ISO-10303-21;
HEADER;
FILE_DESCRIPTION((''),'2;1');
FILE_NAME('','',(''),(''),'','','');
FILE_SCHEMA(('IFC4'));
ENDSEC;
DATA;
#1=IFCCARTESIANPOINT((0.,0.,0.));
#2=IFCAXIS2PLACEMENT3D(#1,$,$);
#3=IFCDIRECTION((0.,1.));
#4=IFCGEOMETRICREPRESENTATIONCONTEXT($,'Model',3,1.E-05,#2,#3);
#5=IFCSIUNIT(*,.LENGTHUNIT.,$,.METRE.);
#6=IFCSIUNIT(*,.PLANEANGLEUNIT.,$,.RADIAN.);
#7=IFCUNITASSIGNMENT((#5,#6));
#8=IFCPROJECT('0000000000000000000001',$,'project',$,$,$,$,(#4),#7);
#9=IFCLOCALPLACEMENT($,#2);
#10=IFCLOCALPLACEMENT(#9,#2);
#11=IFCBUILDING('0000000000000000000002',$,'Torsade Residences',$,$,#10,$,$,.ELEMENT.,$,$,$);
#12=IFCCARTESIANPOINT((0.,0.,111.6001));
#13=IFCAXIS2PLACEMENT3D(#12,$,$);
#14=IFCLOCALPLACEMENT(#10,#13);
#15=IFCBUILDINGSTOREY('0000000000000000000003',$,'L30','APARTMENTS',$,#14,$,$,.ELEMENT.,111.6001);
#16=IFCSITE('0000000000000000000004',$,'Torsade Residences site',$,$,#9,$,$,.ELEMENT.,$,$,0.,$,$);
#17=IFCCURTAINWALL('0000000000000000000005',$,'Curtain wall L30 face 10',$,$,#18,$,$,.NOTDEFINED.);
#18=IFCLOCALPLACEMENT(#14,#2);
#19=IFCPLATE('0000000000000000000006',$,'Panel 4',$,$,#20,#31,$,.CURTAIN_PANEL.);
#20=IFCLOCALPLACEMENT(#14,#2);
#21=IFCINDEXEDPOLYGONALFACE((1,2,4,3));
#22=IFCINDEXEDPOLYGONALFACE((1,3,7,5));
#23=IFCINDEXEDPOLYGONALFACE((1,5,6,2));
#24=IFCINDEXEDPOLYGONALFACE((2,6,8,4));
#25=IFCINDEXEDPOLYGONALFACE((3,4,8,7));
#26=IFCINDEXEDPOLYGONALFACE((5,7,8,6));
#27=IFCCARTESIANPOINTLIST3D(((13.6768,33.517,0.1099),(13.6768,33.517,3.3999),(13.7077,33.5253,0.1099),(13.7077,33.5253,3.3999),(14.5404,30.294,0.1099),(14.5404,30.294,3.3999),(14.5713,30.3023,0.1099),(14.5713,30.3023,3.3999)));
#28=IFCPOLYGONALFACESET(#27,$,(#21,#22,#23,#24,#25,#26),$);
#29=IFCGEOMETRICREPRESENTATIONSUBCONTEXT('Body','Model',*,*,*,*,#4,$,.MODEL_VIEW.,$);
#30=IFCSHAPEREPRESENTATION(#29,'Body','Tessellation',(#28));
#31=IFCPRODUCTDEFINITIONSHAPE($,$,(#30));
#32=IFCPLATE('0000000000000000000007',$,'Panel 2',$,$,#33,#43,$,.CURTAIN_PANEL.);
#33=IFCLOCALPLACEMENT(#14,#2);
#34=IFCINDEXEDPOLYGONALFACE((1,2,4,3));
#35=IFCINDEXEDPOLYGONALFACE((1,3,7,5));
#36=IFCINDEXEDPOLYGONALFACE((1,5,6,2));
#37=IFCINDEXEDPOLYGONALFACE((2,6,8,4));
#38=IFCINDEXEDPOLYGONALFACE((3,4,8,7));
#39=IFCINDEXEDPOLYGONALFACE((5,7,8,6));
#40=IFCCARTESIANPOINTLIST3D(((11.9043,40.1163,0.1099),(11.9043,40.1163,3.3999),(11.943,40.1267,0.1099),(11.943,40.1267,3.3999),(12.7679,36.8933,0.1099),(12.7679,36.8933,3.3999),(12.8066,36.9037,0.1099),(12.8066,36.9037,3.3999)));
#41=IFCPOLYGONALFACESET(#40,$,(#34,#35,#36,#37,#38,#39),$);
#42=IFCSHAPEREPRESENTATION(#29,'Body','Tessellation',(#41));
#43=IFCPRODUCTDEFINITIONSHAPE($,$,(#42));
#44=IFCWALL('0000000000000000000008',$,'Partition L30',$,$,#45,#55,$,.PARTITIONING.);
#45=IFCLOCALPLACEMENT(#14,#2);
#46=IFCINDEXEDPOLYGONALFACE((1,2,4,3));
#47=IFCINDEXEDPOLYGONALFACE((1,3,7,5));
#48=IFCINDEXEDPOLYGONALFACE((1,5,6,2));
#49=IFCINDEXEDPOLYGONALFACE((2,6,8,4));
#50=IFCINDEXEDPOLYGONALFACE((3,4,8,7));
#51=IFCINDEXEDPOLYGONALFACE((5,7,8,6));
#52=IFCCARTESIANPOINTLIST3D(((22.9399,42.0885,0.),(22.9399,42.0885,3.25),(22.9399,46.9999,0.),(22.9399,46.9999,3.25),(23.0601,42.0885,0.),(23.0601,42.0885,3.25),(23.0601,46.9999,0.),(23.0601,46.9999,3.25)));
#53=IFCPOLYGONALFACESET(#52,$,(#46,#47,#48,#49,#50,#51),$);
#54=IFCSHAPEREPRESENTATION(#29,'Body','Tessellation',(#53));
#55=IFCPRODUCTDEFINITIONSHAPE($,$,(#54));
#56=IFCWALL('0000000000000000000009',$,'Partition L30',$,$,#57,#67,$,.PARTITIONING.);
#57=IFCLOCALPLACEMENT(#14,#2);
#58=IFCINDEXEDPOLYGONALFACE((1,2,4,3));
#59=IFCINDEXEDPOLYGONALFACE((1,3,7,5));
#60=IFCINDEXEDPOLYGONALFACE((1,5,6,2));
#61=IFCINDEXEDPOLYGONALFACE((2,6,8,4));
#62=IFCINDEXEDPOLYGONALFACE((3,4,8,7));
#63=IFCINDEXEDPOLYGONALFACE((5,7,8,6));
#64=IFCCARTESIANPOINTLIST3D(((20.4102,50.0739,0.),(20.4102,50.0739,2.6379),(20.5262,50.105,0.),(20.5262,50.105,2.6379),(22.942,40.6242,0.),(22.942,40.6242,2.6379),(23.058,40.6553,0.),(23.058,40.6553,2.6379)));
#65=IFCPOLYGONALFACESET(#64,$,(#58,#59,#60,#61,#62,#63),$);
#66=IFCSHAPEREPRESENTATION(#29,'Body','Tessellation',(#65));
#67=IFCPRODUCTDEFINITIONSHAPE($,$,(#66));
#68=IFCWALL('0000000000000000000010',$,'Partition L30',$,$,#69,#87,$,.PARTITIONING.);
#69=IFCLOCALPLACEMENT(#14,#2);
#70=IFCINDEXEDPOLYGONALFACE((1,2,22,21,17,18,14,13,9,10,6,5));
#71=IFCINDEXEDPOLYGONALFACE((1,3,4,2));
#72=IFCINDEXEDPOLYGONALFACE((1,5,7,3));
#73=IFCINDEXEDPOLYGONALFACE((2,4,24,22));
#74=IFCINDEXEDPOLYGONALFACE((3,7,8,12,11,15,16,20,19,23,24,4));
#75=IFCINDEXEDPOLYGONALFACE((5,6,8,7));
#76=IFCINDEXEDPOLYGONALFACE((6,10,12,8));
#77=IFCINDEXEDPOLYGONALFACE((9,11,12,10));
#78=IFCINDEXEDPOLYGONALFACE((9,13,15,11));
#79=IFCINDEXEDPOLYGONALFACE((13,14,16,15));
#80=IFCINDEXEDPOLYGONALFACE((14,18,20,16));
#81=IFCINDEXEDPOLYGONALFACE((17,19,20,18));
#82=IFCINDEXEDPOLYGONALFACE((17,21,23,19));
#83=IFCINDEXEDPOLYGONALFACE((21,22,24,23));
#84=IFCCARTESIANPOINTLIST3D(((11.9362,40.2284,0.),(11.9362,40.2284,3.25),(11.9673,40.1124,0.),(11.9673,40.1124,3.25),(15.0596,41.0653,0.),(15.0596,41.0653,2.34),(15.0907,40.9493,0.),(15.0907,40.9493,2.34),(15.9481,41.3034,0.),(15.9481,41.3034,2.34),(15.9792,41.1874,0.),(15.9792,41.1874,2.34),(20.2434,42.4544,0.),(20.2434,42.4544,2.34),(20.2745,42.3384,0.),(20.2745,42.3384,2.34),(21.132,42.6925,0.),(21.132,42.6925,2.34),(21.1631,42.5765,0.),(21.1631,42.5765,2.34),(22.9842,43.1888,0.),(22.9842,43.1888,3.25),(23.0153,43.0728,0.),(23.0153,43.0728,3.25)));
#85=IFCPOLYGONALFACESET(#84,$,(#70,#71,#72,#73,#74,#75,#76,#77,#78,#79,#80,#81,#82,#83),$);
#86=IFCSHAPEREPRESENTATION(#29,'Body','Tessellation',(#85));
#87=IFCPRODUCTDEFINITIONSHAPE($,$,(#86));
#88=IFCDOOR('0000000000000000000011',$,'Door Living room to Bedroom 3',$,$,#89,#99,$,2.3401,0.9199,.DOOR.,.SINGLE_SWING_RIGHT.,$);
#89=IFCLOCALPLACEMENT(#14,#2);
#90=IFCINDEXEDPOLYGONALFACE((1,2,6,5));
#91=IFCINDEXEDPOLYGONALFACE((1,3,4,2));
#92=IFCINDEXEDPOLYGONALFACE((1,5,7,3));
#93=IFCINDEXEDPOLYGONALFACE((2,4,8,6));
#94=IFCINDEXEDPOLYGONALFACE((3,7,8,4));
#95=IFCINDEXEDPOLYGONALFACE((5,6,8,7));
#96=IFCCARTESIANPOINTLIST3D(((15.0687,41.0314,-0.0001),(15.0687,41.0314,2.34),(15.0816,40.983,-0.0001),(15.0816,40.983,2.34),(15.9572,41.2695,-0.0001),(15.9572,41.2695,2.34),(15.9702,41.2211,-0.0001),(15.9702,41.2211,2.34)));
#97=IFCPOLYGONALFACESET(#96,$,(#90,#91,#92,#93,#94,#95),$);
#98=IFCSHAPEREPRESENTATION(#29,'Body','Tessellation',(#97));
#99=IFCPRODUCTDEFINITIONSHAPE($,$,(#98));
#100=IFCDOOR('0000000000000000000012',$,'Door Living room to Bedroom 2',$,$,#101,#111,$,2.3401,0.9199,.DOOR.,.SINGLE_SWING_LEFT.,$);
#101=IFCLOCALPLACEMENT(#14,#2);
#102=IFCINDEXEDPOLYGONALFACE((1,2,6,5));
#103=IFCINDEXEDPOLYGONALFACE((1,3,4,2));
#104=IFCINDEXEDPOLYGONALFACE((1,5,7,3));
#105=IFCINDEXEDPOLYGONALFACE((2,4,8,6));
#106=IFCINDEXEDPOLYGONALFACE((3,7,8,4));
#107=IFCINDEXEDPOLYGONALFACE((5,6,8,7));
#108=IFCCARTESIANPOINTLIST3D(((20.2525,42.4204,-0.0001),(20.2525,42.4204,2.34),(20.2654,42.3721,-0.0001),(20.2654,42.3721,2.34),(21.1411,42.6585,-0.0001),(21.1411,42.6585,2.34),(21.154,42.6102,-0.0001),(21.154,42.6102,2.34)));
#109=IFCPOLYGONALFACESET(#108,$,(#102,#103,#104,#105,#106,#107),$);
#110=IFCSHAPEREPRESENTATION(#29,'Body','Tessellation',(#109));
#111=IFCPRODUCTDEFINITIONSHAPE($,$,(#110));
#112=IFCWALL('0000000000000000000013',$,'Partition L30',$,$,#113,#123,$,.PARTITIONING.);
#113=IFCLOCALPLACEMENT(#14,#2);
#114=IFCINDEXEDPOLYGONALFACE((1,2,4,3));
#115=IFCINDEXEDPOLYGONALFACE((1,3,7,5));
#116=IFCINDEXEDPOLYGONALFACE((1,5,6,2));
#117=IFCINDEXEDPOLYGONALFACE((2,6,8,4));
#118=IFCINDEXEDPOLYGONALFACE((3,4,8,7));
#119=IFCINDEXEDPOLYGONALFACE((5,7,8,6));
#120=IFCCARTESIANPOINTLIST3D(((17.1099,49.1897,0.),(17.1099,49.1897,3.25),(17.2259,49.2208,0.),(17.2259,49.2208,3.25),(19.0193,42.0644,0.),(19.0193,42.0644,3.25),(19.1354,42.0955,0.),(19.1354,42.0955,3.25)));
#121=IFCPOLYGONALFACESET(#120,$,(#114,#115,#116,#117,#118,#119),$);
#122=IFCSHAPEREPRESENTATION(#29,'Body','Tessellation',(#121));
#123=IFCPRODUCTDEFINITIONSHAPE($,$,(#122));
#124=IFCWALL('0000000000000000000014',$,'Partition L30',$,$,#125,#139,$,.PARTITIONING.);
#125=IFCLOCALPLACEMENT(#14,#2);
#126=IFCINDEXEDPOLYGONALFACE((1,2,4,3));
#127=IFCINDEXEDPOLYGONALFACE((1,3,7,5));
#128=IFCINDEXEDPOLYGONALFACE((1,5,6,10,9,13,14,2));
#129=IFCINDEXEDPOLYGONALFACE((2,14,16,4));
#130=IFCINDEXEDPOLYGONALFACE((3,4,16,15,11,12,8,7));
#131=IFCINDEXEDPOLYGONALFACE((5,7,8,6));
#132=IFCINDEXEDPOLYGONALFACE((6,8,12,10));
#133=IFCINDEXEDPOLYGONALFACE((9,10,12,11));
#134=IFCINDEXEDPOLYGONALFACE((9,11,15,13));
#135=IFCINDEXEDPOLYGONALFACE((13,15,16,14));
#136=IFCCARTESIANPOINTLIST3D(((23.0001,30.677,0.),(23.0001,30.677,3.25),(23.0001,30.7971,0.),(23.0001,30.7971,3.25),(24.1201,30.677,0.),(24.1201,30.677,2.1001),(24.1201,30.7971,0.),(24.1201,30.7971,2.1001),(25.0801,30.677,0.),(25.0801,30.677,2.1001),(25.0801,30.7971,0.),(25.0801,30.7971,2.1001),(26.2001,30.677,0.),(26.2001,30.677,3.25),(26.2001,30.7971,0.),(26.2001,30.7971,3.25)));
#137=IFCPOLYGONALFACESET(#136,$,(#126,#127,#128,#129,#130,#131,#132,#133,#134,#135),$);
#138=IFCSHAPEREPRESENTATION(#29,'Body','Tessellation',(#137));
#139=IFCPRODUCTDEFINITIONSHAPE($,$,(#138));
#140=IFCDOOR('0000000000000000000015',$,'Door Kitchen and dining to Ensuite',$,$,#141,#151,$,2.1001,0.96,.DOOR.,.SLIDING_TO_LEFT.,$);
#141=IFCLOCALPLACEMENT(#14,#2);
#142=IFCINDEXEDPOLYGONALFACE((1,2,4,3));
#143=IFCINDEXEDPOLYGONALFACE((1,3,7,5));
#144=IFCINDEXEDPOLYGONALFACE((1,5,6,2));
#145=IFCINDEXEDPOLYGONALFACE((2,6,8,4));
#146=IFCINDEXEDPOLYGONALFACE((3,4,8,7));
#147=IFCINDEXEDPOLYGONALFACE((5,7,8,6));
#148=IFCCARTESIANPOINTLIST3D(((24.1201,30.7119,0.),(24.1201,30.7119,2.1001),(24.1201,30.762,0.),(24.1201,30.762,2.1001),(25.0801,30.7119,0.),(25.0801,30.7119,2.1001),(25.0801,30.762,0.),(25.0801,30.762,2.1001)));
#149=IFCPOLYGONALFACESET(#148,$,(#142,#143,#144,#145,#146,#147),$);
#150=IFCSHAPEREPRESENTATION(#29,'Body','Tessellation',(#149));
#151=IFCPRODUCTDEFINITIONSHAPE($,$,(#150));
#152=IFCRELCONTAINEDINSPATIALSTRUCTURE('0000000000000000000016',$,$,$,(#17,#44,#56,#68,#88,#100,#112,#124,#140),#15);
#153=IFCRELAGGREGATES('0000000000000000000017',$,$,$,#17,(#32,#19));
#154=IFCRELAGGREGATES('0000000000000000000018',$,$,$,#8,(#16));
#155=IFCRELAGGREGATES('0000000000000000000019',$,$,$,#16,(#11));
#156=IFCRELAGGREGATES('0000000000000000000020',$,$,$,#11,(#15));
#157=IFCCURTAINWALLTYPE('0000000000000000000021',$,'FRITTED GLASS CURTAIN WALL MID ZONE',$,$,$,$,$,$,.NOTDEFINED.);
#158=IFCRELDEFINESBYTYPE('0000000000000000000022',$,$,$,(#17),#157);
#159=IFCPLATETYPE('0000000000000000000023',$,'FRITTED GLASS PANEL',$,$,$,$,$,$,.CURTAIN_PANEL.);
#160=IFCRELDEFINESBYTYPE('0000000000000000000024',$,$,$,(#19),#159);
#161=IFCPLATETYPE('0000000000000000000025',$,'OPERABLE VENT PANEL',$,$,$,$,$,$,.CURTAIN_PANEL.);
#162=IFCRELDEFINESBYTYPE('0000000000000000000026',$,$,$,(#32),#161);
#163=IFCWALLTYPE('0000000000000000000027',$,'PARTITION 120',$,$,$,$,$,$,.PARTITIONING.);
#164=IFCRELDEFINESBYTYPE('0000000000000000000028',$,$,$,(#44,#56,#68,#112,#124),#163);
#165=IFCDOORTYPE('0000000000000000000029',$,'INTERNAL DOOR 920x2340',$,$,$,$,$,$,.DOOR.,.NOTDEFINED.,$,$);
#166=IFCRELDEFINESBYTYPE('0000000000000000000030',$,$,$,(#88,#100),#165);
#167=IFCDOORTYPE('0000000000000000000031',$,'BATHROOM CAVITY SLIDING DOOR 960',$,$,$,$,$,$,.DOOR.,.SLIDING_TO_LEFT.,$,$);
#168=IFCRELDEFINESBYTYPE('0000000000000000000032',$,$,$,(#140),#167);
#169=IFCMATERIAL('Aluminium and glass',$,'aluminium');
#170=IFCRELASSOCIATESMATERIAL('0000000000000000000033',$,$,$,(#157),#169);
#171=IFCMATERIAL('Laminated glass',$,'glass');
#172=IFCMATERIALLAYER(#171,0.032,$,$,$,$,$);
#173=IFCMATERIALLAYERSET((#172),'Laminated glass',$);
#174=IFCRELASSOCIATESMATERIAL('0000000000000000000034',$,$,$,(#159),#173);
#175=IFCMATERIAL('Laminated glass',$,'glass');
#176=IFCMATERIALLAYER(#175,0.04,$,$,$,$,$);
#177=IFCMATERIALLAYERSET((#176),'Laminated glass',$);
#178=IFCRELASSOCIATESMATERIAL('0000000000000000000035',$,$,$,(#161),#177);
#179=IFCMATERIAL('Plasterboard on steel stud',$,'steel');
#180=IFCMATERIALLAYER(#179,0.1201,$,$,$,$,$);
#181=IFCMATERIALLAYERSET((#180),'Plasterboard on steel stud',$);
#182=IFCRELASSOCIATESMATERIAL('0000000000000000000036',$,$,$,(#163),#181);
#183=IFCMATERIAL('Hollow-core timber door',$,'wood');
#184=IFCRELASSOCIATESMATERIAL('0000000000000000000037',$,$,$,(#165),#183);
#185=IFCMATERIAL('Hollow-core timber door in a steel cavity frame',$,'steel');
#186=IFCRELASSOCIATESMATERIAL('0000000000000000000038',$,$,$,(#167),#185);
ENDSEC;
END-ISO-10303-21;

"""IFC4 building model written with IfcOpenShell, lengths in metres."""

from ifc_helpers import new_model, si_unit, direction, frame, frame_2d, origin, origin_2d, place, context, subcontext, project, spatial, rectangle, extrude, material, layer, layer_set, type_object, element, fill, aggregate, save


model = new_model("IFC4")

# Units and contexts
model_context = context("Model", 3, precision=1e-05, world=origin(), true_north=direction((0.0, 1.0)))
body_context = subcontext(model_context, "Body", "Model", "MODEL_VIEW")
ifc_project = project(units=[si_unit("LENGTHUNIT", "METRE"), si_unit("PLANEANGLEUNIT", "RADIAN")], contexts=[model_context])

# Site, building, storey
site_placement = place(None, origin())
site = spatial("IfcSite", under=ifc_project, at=site_placement, Name="Torsade Residences site", CompositionType="ELEMENT", RefElevation=0.0)
building_placement = place(site_placement, origin())
building = spatial("IfcBuilding", under=site, at=building_placement, Name="Torsade Residences", CompositionType="ELEMENT")
storey_placement = place(building_placement, frame((0.0, 0.0, 111.6001)))
storey = spatial("IfcBuildingStorey", under=building, at=storey_placement, Name="L30", Description="APARTMENTS", CompositionType="ELEMENT", Elevation=111.6001)

# Curtain wall
ifc_material_1 = material(Name="Aluminium and glass", Category="aluminium")
curtain_wall_type = type_object("IfcCurtainWallType", Name="FRITTED GLASS CURTAIN WALL MID ZONE", PredefinedType="NOTDEFINED", material=ifc_material_1)
curtain_wall_placement = place(storey_placement, origin())
curtain_wall = element("IfcCurtainWall", 1, at=curtain_wall_placement, inside=storey, type_object=curtain_wall_type, Name="Curtain wall L30 face 10", PredefinedType="NOTDEFINED")

# Plates
ifc_material_2 = material(Name="Laminated glass", Category="glass")
ifc_layer_1 = layer(ifc_material_2, 0.032)
ifc_layer_set_1 = layer_set([ifc_layer_1], Name="Laminated glass")
plate_type_1 = type_object("IfcPlateType", Name="FRITTED GLASS PANEL", PredefinedType="CURTAIN_PANEL", material=ifc_layer_set_1)
plate_1_placement = place(storey_placement, frame((14.124, 31.9097, 0.1099), z_axis=(0.0, 0.0, 1.0), x_axis=(0.258819, -0.965926, 0.0)))
plate_1 = element("IfcPlate", 2, at=plate_1_placement, type_object=plate_type_1, Name="Panel 4", PredefinedType="CURTAIN_PANEL", context=body_context, shape_type="SweptSolid", body=[
    extrude(rectangle(XDim=3.3367, YDim=0.032, at=origin_2d()), origin(), (0.0, 0.0, 1.0), 3.29),
])
ifc_material_3 = material(Name="Laminated glass", Category="glass")
ifc_layer_2 = layer(ifc_material_3, 0.04)
ifc_layer_set_2 = layer_set([ifc_layer_2], Name="Laminated glass")
plate_type_2 = type_object("IfcPlateType", Name="OPERABLE VENT PANEL", PredefinedType="CURTAIN_PANEL", material=ifc_layer_set_2)
plate_2_placement = place(storey_placement, frame((12.3555, 38.51, 0.1099), z_axis=(0.0, 0.0, 1.0), x_axis=(0.258819, -0.965926, 0.0)))
plate_2 = element("IfcPlate", 3, at=plate_2_placement, type_object=plate_type_2, Name="Panel 2", PredefinedType="CURTAIN_PANEL", context=body_context, shape_type="SweptSolid", body=[
    extrude(rectangle(XDim=3.3367, YDim=0.04, at=origin_2d()), origin(), (0.0, 0.0, 1.0), 3.29),
])
aggregate(curtain_wall, [plate_2, plate_1])

# Walls
ifc_material_4 = material(Name="Plasterboard on steel stud", Category="steel")
ifc_layer_3 = layer(ifc_material_4, 0.1201)
ifc_layer_set_3 = layer_set([ifc_layer_3], Name="Plasterboard on steel stud")
wall_type_1 = type_object("IfcWallType", Name="PARTITION 120", PredefinedType="PARTITIONING", material=ifc_layer_set_3)
wall_1_placement = place(storey_placement, frame((23.0, 42.0886, 0.0), z_axis=(0.0, 0.0, 1.0), x_axis=(0.0, 1.0, 0.0)))
element("IfcWall", 4, at=wall_1_placement, inside=storey, type_object=wall_type_1, Name="Partition L30", PredefinedType="PARTITIONING", context=body_context, shape_type="SweptSolid", body=[
    extrude(rectangle(XDim=4.9114, YDim=0.1201, at=frame_2d((2.4556, 0.0))), origin(), (0.0, 0.0, 1.0), 3.25),
])
wall_2_placement = place(storey_placement, frame((23.0, 40.6396, 0.0), z_axis=(0.0, 0.0, 1.0), x_axis=(-0.25879, 0.965934, 0.0)))
element("IfcWall", 5, at=wall_2_placement, inside=storey, type_object=wall_type_1, Name="Partition L30", PredefinedType="PARTITIONING", context=body_context, shape_type="SweptSolid", body=[
    extrude(rectangle(XDim=9.783, YDim=0.1201, at=frame_2d((4.8916, 0.0))), origin(), (0.0, 0.0, 1.0), 2.6379),
])

# Wall, openings, doors
wall_3_placement = place(storey_placement, frame((11.9519, 40.1704, 0.0), z_axis=(0.0, 0.0, 1.0), x_axis=(0.965923, 0.258829, 0.0)))
wall_3 = element("IfcWall", 6, at=wall_3_placement, inside=storey, type_object=wall_type_1, Name="Partition L30", PredefinedType="PARTITIONING", context=body_context, shape_type="SweptSolid", body=[
    extrude(rectangle(XDim=11.4377, YDim=0.1201, at=frame_2d((5.7188, 0.0))), origin(), (0.0, 0.0, 1.0), 3.25),
])
opening_1_placement = place(wall_3_placement, frame((3.2334, 0.0, 0.0)))
opening_1 = element("IfcOpeningElement", 7, at=opening_1_placement, cuts=wall_3, PredefinedType="OPENING", context=body_context, shape_type="SweptSolid", body=[
    extrude(rectangle(XDim=0.9199, YDim=2.3401, at=frame_2d((0.46, 1.1699))), frame((0.0, 0.0701, 0.0), z_axis=(0.0, -1.0, 0.0), x_axis=(1.0, 0.0, 0.0)), (0.0, 0.0, 1.0), 0.1401),
])
opening_2_placement = place(wall_3_placement, frame((8.6001, 0.0, 0.0)))
opening_2 = element("IfcOpeningElement", 8, at=opening_2_placement, cuts=wall_3, PredefinedType="OPENING", context=body_context, shape_type="SweptSolid", body=[
    extrude(rectangle(XDim=0.9199, YDim=2.3401, at=frame_2d((0.46, 1.1699))), frame((0.0, 0.0701, 0.0), z_axis=(0.0, -1.0, 0.0), x_axis=(1.0, 0.0, 0.0)), (0.0, 0.0, 1.0), 0.1401),
])
ifc_material_5 = material(Name="Hollow-core timber door", Category="wood")
door_type_1 = type_object("IfcDoorType", Name="INTERNAL DOOR 920x2340", OperationType="NOTDEFINED", PredefinedType="DOOR", material=ifc_material_5)
door_1_placement = place(opening_1_placement, origin())
door_1 = element("IfcDoor", 9, at=door_1_placement, inside=storey, type_object=door_type_1, Name="Door Living room to Bedroom 3", OperationType="SINGLE_SWING_RIGHT", OverallHeight=2.3401, OverallWidth=0.9199, PredefinedType="DOOR", context=body_context, shape_type="SweptSolid", body=[
    extrude(rectangle(XDim=0.9199, YDim=2.3401, at=frame_2d((0.46, 1.1699))), frame((0.0, 0.0249, 0.0), z_axis=(0.0, -1.0, 0.0), x_axis=(1.0, 0.0, 0.0)), (0.0, 0.0, 1.0), 0.05),
])
fill(opening_1, door_1)
door_2_placement = place(opening_2_placement, origin())
door_2 = element("IfcDoor", 10, at=door_2_placement, inside=storey, type_object=door_type_1, Name="Door Living room to Bedroom 2", OperationType="SINGLE_SWING_LEFT", OverallHeight=2.3401, OverallWidth=0.9199, PredefinedType="DOOR", context=body_context, shape_type="SweptSolid", body=[
    extrude(rectangle(XDim=0.9199, YDim=2.3401, at=frame_2d((0.46, 1.1699))), frame((0.0, 0.0249, 0.0), z_axis=(0.0, -1.0, 0.0), x_axis=(1.0, 0.0, 0.0)), (0.0, 0.0, 1.0), 0.05),
])
fill(opening_2, door_2)

# Wall
wall_4_placement = place(storey_placement, frame((19.0774, 42.0798, 0.0), z_axis=(0.0, 0.0, 1.0), x_axis=(-0.258847, 0.965918, 0.0)))
element("IfcWall", 11, at=wall_4_placement, inside=storey, type_object=wall_type_1, Name="Partition L30", PredefinedType="PARTITIONING", context=body_context, shape_type="SweptSolid", body=[
    extrude(rectangle(XDim=7.3767, YDim=0.1201, at=frame_2d((3.6885, 0.0))), origin(), (0.0, 0.0, 1.0), 3.25),
])

# Wall, opening, door
wall_5_placement = place(storey_placement, frame((23.0, 30.7371, 0.0), z_axis=(0.0, 0.0, 1.0), x_axis=(1.0, 0.0, 0.0)))
wall_5 = element("IfcWall", 12, at=wall_5_placement, inside=storey, type_object=wall_type_1, Name="Partition L30", PredefinedType="PARTITIONING", context=body_context, shape_type="SweptSolid", body=[
    extrude(rectangle(XDim=3.2, YDim=0.1201, at=frame_2d((1.6001, 0.0))), origin(), (0.0, 0.0, 1.0), 3.25),
])
opening_3_placement = place(wall_5_placement, frame((1.1201, 0.0, 0.0)))
opening_3 = element("IfcOpeningElement", 13, at=opening_3_placement, cuts=wall_5, PredefinedType="OPENING", context=body_context, shape_type="SweptSolid", body=[
    extrude(rectangle(XDim=0.96, YDim=2.1001, at=frame_2d((0.48, 1.05))), frame((0.0, 0.0701, 0.0), z_axis=(0.0, -1.0, 0.0), x_axis=(1.0, 0.0, 0.0)), (0.0, 0.0, 1.0), 0.1401),
])
ifc_material_6 = material(Name="Hollow-core timber door in a steel cavity frame", Category="steel")
door_type_2 = type_object("IfcDoorType", Name="BATHROOM CAVITY SLIDING DOOR 960", OperationType="SLIDING_TO_LEFT", PredefinedType="DOOR", material=ifc_material_6)
door_3_placement = place(opening_3_placement, origin())
door_3 = element("IfcDoor", 14, at=door_3_placement, inside=storey, type_object=door_type_2, Name="Door Kitchen and dining to Ensuite", OperationType="SLIDING_TO_LEFT", OverallHeight=2.1001, OverallWidth=0.96, PredefinedType="DOOR", context=body_context, shape_type="SweptSolid", body=[
    extrude(rectangle(XDim=0.96, YDim=2.1001, at=frame_2d((0.48, 1.05))), frame((0.0, 0.0249, 0.0), z_axis=(0.0, -1.0, 0.0), x_axis=(1.0, 0.0, 0.0)), (0.0, 0.0, 1.0), 0.05),
])
fill(opening_3, door_3)

save(model, "model.ifc")
